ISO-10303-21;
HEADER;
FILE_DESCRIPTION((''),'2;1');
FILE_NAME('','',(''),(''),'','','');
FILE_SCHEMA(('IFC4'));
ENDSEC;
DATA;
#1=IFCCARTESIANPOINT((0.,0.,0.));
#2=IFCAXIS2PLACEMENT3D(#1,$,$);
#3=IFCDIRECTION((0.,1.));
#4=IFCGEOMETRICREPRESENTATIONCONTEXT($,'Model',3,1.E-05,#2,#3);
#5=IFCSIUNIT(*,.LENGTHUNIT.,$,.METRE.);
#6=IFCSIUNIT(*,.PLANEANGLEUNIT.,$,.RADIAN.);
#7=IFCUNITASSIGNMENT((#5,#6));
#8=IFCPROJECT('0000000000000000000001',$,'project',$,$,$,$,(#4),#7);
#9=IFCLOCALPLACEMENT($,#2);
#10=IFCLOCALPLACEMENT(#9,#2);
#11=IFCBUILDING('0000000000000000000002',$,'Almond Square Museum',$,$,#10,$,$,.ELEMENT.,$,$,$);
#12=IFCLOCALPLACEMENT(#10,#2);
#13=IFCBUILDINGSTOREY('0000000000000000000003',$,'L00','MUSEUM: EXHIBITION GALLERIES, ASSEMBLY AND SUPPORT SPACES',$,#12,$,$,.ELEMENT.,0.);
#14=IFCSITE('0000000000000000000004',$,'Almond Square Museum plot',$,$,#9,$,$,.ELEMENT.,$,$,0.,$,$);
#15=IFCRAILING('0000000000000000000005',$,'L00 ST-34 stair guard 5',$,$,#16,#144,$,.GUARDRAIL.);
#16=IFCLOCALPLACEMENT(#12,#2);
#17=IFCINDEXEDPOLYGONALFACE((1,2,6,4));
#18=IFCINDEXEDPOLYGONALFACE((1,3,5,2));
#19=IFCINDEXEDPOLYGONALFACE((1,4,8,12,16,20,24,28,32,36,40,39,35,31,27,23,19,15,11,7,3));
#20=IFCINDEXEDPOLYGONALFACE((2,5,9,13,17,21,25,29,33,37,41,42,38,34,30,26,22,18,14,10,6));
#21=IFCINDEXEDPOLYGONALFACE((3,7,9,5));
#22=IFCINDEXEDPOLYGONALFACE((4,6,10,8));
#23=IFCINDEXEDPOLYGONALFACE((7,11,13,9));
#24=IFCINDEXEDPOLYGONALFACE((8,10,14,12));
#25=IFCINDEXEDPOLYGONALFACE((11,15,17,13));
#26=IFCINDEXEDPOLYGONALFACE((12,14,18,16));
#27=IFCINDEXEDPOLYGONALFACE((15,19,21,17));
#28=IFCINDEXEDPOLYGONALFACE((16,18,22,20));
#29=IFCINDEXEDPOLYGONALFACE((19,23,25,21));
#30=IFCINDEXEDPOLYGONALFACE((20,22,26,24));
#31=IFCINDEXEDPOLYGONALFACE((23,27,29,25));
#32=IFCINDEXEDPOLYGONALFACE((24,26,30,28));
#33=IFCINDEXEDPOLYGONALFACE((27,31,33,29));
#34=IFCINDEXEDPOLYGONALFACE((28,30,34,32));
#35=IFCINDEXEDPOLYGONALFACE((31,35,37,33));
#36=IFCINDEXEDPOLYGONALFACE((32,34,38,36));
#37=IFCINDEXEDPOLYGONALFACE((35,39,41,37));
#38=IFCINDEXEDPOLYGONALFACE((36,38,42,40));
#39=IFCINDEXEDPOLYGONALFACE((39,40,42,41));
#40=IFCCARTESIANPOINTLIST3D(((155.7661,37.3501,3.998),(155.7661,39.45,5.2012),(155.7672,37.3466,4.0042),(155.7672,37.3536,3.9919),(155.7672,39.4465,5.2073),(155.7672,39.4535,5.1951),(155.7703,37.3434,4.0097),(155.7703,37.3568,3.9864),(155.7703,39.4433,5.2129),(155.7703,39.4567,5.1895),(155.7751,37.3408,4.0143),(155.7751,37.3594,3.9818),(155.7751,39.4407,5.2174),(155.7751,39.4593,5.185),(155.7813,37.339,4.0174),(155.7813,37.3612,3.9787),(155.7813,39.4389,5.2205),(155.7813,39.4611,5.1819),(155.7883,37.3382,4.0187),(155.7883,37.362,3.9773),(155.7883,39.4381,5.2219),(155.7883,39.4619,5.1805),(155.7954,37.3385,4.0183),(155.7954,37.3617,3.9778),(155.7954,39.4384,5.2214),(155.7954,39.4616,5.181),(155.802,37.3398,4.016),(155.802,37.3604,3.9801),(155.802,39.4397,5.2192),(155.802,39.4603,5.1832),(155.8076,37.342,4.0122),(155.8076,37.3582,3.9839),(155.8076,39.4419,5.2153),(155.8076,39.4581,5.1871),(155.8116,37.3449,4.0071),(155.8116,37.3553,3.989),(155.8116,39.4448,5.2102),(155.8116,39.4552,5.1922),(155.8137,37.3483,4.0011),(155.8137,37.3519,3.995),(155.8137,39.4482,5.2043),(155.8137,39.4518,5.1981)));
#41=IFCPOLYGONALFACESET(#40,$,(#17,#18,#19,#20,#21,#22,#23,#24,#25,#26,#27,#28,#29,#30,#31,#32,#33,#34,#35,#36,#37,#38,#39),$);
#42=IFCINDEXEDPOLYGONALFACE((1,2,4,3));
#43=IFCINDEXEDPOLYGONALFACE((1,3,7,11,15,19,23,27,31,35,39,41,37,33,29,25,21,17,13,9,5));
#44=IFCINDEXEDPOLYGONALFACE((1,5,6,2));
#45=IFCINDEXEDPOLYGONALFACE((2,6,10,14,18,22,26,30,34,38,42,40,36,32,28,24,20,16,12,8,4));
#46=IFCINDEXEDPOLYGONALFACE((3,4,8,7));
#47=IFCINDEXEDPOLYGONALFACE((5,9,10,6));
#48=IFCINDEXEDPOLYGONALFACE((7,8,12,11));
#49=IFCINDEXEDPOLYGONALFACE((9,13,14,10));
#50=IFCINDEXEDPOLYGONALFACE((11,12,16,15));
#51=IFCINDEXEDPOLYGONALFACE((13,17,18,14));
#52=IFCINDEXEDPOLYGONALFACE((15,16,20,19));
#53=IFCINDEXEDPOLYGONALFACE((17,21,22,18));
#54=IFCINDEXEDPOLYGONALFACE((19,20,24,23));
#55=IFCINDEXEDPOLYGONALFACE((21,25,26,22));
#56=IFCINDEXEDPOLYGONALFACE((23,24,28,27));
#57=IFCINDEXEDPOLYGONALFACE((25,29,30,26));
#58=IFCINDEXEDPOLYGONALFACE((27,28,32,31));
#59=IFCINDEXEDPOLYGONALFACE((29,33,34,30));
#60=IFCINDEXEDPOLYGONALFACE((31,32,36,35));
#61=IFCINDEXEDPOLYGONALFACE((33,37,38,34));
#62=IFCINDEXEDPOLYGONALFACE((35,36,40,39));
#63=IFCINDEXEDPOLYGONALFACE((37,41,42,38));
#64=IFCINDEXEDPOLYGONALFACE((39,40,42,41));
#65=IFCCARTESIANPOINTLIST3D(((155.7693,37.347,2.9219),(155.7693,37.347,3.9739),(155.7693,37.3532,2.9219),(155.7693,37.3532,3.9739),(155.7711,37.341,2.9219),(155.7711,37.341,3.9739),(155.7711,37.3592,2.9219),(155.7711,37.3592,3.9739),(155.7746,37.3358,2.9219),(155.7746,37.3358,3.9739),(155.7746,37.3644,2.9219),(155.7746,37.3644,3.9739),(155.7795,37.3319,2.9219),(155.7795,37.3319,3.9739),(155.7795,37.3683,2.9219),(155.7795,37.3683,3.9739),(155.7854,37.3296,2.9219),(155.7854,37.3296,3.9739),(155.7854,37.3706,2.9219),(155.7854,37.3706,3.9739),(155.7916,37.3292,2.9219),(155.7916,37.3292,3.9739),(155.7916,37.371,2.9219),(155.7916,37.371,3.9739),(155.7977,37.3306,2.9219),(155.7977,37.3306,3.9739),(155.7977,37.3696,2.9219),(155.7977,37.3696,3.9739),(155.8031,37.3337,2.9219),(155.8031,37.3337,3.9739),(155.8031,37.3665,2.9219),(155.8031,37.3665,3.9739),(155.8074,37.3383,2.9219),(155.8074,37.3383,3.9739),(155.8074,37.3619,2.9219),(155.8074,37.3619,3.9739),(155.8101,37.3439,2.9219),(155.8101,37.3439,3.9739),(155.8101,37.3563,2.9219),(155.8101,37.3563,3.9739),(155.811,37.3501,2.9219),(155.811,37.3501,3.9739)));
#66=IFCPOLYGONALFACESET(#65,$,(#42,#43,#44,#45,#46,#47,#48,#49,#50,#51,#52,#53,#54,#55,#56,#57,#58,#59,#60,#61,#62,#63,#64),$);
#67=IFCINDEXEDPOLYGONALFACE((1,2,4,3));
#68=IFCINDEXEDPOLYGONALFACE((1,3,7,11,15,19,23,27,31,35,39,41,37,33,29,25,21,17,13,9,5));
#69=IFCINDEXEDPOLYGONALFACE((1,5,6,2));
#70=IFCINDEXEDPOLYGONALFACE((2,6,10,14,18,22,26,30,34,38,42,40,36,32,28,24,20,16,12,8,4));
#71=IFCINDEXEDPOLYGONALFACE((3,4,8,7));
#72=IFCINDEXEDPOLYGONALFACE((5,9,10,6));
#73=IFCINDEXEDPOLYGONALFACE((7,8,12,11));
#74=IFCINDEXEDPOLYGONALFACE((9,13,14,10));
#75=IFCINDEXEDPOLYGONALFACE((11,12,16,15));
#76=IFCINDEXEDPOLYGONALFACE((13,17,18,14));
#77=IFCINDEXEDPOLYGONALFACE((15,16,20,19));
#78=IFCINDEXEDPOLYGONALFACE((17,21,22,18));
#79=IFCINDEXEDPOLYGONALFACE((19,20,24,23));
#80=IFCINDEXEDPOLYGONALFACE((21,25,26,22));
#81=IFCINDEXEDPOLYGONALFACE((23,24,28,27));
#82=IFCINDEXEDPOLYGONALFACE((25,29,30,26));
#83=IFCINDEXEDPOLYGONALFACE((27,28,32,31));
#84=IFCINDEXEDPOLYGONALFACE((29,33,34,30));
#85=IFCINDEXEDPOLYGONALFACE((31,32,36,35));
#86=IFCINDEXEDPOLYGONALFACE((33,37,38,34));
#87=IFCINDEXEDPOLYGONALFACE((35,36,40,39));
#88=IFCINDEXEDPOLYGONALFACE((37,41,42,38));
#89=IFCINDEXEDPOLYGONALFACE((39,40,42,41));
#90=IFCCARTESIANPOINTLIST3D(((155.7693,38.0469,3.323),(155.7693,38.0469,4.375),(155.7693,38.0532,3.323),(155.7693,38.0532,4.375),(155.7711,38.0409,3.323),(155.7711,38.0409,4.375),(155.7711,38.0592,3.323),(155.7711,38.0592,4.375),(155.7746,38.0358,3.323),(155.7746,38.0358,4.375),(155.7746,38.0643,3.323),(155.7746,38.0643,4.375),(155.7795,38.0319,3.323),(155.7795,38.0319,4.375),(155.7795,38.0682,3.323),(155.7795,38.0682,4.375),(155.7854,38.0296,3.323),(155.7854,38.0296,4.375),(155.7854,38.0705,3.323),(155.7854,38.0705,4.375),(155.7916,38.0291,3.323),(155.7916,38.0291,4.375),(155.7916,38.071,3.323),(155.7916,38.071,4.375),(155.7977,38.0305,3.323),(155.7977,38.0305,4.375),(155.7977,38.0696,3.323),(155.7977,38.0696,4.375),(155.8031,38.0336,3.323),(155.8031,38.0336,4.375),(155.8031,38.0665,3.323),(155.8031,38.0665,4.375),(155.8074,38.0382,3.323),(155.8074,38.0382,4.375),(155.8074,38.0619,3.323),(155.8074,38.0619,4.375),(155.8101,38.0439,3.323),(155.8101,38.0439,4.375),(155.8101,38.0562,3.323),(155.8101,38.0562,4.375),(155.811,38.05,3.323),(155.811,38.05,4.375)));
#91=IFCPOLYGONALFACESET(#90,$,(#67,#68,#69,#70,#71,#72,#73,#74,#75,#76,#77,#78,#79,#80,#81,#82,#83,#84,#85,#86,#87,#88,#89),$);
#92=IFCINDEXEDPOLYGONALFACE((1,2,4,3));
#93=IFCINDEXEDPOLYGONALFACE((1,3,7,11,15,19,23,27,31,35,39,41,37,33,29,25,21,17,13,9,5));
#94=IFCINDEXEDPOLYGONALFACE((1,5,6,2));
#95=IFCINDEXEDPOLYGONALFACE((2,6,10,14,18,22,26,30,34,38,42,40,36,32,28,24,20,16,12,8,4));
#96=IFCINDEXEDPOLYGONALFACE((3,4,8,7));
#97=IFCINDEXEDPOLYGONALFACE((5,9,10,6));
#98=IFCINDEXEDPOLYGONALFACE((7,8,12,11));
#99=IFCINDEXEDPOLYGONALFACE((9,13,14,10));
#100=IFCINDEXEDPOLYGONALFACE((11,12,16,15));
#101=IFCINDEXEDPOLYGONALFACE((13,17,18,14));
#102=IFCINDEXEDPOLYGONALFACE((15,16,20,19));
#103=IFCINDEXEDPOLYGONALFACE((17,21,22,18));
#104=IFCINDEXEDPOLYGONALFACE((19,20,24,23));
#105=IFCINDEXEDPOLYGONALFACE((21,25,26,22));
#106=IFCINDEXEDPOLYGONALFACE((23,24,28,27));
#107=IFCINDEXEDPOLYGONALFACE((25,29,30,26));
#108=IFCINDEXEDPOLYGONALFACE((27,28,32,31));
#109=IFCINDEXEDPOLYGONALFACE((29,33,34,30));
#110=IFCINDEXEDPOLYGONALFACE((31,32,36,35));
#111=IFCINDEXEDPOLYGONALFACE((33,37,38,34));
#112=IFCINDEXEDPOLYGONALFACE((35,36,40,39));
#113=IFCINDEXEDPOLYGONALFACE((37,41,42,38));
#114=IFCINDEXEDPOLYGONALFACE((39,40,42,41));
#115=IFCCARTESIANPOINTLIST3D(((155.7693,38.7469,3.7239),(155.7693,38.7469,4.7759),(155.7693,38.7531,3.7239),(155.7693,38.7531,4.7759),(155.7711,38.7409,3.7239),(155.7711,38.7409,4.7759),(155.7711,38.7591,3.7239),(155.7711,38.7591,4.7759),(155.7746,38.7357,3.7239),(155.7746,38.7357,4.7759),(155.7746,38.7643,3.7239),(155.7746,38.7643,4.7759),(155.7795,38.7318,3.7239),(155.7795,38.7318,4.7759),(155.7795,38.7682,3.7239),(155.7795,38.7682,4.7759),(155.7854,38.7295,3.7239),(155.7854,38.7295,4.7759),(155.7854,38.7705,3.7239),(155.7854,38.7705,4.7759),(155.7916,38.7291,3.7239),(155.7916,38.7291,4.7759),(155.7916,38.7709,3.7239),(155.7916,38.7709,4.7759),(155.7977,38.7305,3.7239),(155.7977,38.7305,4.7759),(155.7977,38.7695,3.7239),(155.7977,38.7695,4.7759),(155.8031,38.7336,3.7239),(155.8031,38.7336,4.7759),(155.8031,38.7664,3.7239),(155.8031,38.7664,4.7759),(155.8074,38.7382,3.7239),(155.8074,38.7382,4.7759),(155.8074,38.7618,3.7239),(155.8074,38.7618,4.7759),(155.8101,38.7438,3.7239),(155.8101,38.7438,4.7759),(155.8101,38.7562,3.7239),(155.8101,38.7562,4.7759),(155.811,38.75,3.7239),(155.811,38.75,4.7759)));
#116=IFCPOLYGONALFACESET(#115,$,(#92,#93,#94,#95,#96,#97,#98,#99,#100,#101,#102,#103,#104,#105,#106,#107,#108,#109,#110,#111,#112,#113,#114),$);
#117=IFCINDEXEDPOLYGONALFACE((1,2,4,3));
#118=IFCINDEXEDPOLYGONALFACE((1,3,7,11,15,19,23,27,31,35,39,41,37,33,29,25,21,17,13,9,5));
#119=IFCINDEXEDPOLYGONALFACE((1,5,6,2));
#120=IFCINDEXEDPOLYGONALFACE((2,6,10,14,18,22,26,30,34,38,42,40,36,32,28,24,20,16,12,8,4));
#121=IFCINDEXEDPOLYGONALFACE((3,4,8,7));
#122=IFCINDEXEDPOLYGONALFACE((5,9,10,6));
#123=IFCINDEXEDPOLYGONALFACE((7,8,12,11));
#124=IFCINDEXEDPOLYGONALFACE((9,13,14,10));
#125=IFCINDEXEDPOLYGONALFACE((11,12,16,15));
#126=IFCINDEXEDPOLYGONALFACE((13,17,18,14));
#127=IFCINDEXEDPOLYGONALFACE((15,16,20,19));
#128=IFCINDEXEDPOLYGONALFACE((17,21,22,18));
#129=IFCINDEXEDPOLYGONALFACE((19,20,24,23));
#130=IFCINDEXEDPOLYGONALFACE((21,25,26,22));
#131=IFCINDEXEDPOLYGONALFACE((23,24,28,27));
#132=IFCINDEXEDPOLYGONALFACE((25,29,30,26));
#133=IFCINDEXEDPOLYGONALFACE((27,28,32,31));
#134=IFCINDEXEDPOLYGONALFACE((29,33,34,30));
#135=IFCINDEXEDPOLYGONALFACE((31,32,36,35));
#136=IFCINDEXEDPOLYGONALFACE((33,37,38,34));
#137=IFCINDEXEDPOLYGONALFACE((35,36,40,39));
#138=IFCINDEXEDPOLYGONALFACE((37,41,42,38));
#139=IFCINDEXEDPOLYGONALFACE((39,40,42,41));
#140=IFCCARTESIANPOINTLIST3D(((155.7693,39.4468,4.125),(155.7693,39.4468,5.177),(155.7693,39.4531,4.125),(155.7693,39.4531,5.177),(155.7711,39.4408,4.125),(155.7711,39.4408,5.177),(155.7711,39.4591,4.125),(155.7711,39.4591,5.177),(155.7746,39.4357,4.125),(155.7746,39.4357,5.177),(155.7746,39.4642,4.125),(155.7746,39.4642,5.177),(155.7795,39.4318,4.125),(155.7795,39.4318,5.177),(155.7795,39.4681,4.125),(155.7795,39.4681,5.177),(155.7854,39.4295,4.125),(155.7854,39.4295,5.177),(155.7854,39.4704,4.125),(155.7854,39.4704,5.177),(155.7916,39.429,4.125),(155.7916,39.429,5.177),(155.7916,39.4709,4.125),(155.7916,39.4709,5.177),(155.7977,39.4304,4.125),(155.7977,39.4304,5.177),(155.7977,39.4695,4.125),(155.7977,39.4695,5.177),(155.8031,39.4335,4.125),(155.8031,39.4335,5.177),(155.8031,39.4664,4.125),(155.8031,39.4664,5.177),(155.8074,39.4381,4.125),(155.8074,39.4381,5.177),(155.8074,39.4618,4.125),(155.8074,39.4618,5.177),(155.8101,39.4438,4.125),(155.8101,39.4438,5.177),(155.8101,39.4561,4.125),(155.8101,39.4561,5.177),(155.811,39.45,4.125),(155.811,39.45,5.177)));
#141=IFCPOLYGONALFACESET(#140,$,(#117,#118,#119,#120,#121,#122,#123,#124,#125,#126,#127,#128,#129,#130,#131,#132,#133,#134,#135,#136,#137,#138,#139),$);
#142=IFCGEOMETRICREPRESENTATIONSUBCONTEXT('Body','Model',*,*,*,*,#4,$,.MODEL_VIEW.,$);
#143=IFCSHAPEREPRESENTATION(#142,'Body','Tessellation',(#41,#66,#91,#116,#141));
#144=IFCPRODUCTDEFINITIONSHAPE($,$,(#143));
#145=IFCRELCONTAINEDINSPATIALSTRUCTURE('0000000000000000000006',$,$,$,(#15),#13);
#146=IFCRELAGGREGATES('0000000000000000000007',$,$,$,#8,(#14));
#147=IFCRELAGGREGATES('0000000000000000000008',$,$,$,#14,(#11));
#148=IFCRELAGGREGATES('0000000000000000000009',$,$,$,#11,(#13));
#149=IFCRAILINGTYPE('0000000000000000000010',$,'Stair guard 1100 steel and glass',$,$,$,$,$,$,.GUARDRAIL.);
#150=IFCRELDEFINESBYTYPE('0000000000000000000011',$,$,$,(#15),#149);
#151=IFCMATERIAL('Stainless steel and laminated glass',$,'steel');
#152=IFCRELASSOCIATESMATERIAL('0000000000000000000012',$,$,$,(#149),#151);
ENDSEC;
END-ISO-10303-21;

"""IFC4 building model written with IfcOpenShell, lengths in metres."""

from ifc_helpers import new_model, si_unit, direction, frame, origin, origin_2d, place, context, subcontext, project, spatial, circle, extrude, material, type_object, element, save


model = new_model("IFC4")

# Units and contexts
model_context = context("Model", 3, precision=1e-05, world=origin(), true_north=direction((0.0, 1.0)))
body_context = subcontext(model_context, "Body", "Model", "MODEL_VIEW")
ifc_project = project(units=[si_unit("LENGTHUNIT", "METRE"), si_unit("PLANEANGLEUNIT", "RADIAN")], contexts=[model_context])

# Site, building, storey
site_placement = place(None, origin())
site = spatial("IfcSite", under=ifc_project, at=site_placement, Name="Almond Square Museum plot", CompositionType="ELEMENT", RefElevation=0.0)
building_placement = place(site_placement, origin())
building = spatial("IfcBuilding", under=site, at=building_placement, Name="Almond Square Museum", CompositionType="ELEMENT")
storey_placement = place(building_placement, origin())
storey = spatial("IfcBuildingStorey", under=building, at=storey_placement, Name="L00", Description="MUSEUM: EXHIBITION GALLERIES, ASSEMBLY AND SUPPORT SPACES", CompositionType="ELEMENT", Elevation=0.0)

# Railing
ifc_material_1 = material(Name="Stainless steel and laminated glass", Category="steel")
railing_type_1 = type_object("IfcRailingType", Name="Stair guard 1100 steel and glass", PredefinedType="GUARDRAIL", material=ifc_material_1)
railing_1_placement = place(storey_placement, frame((155.79, 37.3501, 2.9219)))
element("IfcRailing", 1, at=railing_1_placement, inside=storey, type_object=railing_type_1, Name="L00 ST-34 stair guard 5", PredefinedType="GUARDRAIL", context=body_context, shape_type="SweptSolid", body=[
    extrude(circle(Radius=0.0239, at=origin_2d()), frame((0.0, 0.0, 1.0762), z_axis=(0.0, 0.867671, 0.497138), x_axis=(-1.0, 0.0, 0.0)), (0.0, 0.0, 1.0), 2.4202),
    extrude(circle(Radius=0.021, at=origin_2d()), origin(), (0.0, 0.0, 1.0), 1.052),
    extrude(circle(Radius=0.021, at=origin_2d()), frame((0.0, 0.7, 0.4011)), (0.0, 0.0, 1.0), 1.052),
    extrude(circle(Radius=0.021, at=origin_2d()), frame((0.0, 1.3999, 0.802)), (0.0, 0.0, 1.0), 1.052),
    extrude(circle(Radius=0.021, at=origin_2d()), frame((0.0, 2.0999, 1.2031)), (0.0, 0.0, 1.0), 1.052),
])

save(model, "model.ifc")
